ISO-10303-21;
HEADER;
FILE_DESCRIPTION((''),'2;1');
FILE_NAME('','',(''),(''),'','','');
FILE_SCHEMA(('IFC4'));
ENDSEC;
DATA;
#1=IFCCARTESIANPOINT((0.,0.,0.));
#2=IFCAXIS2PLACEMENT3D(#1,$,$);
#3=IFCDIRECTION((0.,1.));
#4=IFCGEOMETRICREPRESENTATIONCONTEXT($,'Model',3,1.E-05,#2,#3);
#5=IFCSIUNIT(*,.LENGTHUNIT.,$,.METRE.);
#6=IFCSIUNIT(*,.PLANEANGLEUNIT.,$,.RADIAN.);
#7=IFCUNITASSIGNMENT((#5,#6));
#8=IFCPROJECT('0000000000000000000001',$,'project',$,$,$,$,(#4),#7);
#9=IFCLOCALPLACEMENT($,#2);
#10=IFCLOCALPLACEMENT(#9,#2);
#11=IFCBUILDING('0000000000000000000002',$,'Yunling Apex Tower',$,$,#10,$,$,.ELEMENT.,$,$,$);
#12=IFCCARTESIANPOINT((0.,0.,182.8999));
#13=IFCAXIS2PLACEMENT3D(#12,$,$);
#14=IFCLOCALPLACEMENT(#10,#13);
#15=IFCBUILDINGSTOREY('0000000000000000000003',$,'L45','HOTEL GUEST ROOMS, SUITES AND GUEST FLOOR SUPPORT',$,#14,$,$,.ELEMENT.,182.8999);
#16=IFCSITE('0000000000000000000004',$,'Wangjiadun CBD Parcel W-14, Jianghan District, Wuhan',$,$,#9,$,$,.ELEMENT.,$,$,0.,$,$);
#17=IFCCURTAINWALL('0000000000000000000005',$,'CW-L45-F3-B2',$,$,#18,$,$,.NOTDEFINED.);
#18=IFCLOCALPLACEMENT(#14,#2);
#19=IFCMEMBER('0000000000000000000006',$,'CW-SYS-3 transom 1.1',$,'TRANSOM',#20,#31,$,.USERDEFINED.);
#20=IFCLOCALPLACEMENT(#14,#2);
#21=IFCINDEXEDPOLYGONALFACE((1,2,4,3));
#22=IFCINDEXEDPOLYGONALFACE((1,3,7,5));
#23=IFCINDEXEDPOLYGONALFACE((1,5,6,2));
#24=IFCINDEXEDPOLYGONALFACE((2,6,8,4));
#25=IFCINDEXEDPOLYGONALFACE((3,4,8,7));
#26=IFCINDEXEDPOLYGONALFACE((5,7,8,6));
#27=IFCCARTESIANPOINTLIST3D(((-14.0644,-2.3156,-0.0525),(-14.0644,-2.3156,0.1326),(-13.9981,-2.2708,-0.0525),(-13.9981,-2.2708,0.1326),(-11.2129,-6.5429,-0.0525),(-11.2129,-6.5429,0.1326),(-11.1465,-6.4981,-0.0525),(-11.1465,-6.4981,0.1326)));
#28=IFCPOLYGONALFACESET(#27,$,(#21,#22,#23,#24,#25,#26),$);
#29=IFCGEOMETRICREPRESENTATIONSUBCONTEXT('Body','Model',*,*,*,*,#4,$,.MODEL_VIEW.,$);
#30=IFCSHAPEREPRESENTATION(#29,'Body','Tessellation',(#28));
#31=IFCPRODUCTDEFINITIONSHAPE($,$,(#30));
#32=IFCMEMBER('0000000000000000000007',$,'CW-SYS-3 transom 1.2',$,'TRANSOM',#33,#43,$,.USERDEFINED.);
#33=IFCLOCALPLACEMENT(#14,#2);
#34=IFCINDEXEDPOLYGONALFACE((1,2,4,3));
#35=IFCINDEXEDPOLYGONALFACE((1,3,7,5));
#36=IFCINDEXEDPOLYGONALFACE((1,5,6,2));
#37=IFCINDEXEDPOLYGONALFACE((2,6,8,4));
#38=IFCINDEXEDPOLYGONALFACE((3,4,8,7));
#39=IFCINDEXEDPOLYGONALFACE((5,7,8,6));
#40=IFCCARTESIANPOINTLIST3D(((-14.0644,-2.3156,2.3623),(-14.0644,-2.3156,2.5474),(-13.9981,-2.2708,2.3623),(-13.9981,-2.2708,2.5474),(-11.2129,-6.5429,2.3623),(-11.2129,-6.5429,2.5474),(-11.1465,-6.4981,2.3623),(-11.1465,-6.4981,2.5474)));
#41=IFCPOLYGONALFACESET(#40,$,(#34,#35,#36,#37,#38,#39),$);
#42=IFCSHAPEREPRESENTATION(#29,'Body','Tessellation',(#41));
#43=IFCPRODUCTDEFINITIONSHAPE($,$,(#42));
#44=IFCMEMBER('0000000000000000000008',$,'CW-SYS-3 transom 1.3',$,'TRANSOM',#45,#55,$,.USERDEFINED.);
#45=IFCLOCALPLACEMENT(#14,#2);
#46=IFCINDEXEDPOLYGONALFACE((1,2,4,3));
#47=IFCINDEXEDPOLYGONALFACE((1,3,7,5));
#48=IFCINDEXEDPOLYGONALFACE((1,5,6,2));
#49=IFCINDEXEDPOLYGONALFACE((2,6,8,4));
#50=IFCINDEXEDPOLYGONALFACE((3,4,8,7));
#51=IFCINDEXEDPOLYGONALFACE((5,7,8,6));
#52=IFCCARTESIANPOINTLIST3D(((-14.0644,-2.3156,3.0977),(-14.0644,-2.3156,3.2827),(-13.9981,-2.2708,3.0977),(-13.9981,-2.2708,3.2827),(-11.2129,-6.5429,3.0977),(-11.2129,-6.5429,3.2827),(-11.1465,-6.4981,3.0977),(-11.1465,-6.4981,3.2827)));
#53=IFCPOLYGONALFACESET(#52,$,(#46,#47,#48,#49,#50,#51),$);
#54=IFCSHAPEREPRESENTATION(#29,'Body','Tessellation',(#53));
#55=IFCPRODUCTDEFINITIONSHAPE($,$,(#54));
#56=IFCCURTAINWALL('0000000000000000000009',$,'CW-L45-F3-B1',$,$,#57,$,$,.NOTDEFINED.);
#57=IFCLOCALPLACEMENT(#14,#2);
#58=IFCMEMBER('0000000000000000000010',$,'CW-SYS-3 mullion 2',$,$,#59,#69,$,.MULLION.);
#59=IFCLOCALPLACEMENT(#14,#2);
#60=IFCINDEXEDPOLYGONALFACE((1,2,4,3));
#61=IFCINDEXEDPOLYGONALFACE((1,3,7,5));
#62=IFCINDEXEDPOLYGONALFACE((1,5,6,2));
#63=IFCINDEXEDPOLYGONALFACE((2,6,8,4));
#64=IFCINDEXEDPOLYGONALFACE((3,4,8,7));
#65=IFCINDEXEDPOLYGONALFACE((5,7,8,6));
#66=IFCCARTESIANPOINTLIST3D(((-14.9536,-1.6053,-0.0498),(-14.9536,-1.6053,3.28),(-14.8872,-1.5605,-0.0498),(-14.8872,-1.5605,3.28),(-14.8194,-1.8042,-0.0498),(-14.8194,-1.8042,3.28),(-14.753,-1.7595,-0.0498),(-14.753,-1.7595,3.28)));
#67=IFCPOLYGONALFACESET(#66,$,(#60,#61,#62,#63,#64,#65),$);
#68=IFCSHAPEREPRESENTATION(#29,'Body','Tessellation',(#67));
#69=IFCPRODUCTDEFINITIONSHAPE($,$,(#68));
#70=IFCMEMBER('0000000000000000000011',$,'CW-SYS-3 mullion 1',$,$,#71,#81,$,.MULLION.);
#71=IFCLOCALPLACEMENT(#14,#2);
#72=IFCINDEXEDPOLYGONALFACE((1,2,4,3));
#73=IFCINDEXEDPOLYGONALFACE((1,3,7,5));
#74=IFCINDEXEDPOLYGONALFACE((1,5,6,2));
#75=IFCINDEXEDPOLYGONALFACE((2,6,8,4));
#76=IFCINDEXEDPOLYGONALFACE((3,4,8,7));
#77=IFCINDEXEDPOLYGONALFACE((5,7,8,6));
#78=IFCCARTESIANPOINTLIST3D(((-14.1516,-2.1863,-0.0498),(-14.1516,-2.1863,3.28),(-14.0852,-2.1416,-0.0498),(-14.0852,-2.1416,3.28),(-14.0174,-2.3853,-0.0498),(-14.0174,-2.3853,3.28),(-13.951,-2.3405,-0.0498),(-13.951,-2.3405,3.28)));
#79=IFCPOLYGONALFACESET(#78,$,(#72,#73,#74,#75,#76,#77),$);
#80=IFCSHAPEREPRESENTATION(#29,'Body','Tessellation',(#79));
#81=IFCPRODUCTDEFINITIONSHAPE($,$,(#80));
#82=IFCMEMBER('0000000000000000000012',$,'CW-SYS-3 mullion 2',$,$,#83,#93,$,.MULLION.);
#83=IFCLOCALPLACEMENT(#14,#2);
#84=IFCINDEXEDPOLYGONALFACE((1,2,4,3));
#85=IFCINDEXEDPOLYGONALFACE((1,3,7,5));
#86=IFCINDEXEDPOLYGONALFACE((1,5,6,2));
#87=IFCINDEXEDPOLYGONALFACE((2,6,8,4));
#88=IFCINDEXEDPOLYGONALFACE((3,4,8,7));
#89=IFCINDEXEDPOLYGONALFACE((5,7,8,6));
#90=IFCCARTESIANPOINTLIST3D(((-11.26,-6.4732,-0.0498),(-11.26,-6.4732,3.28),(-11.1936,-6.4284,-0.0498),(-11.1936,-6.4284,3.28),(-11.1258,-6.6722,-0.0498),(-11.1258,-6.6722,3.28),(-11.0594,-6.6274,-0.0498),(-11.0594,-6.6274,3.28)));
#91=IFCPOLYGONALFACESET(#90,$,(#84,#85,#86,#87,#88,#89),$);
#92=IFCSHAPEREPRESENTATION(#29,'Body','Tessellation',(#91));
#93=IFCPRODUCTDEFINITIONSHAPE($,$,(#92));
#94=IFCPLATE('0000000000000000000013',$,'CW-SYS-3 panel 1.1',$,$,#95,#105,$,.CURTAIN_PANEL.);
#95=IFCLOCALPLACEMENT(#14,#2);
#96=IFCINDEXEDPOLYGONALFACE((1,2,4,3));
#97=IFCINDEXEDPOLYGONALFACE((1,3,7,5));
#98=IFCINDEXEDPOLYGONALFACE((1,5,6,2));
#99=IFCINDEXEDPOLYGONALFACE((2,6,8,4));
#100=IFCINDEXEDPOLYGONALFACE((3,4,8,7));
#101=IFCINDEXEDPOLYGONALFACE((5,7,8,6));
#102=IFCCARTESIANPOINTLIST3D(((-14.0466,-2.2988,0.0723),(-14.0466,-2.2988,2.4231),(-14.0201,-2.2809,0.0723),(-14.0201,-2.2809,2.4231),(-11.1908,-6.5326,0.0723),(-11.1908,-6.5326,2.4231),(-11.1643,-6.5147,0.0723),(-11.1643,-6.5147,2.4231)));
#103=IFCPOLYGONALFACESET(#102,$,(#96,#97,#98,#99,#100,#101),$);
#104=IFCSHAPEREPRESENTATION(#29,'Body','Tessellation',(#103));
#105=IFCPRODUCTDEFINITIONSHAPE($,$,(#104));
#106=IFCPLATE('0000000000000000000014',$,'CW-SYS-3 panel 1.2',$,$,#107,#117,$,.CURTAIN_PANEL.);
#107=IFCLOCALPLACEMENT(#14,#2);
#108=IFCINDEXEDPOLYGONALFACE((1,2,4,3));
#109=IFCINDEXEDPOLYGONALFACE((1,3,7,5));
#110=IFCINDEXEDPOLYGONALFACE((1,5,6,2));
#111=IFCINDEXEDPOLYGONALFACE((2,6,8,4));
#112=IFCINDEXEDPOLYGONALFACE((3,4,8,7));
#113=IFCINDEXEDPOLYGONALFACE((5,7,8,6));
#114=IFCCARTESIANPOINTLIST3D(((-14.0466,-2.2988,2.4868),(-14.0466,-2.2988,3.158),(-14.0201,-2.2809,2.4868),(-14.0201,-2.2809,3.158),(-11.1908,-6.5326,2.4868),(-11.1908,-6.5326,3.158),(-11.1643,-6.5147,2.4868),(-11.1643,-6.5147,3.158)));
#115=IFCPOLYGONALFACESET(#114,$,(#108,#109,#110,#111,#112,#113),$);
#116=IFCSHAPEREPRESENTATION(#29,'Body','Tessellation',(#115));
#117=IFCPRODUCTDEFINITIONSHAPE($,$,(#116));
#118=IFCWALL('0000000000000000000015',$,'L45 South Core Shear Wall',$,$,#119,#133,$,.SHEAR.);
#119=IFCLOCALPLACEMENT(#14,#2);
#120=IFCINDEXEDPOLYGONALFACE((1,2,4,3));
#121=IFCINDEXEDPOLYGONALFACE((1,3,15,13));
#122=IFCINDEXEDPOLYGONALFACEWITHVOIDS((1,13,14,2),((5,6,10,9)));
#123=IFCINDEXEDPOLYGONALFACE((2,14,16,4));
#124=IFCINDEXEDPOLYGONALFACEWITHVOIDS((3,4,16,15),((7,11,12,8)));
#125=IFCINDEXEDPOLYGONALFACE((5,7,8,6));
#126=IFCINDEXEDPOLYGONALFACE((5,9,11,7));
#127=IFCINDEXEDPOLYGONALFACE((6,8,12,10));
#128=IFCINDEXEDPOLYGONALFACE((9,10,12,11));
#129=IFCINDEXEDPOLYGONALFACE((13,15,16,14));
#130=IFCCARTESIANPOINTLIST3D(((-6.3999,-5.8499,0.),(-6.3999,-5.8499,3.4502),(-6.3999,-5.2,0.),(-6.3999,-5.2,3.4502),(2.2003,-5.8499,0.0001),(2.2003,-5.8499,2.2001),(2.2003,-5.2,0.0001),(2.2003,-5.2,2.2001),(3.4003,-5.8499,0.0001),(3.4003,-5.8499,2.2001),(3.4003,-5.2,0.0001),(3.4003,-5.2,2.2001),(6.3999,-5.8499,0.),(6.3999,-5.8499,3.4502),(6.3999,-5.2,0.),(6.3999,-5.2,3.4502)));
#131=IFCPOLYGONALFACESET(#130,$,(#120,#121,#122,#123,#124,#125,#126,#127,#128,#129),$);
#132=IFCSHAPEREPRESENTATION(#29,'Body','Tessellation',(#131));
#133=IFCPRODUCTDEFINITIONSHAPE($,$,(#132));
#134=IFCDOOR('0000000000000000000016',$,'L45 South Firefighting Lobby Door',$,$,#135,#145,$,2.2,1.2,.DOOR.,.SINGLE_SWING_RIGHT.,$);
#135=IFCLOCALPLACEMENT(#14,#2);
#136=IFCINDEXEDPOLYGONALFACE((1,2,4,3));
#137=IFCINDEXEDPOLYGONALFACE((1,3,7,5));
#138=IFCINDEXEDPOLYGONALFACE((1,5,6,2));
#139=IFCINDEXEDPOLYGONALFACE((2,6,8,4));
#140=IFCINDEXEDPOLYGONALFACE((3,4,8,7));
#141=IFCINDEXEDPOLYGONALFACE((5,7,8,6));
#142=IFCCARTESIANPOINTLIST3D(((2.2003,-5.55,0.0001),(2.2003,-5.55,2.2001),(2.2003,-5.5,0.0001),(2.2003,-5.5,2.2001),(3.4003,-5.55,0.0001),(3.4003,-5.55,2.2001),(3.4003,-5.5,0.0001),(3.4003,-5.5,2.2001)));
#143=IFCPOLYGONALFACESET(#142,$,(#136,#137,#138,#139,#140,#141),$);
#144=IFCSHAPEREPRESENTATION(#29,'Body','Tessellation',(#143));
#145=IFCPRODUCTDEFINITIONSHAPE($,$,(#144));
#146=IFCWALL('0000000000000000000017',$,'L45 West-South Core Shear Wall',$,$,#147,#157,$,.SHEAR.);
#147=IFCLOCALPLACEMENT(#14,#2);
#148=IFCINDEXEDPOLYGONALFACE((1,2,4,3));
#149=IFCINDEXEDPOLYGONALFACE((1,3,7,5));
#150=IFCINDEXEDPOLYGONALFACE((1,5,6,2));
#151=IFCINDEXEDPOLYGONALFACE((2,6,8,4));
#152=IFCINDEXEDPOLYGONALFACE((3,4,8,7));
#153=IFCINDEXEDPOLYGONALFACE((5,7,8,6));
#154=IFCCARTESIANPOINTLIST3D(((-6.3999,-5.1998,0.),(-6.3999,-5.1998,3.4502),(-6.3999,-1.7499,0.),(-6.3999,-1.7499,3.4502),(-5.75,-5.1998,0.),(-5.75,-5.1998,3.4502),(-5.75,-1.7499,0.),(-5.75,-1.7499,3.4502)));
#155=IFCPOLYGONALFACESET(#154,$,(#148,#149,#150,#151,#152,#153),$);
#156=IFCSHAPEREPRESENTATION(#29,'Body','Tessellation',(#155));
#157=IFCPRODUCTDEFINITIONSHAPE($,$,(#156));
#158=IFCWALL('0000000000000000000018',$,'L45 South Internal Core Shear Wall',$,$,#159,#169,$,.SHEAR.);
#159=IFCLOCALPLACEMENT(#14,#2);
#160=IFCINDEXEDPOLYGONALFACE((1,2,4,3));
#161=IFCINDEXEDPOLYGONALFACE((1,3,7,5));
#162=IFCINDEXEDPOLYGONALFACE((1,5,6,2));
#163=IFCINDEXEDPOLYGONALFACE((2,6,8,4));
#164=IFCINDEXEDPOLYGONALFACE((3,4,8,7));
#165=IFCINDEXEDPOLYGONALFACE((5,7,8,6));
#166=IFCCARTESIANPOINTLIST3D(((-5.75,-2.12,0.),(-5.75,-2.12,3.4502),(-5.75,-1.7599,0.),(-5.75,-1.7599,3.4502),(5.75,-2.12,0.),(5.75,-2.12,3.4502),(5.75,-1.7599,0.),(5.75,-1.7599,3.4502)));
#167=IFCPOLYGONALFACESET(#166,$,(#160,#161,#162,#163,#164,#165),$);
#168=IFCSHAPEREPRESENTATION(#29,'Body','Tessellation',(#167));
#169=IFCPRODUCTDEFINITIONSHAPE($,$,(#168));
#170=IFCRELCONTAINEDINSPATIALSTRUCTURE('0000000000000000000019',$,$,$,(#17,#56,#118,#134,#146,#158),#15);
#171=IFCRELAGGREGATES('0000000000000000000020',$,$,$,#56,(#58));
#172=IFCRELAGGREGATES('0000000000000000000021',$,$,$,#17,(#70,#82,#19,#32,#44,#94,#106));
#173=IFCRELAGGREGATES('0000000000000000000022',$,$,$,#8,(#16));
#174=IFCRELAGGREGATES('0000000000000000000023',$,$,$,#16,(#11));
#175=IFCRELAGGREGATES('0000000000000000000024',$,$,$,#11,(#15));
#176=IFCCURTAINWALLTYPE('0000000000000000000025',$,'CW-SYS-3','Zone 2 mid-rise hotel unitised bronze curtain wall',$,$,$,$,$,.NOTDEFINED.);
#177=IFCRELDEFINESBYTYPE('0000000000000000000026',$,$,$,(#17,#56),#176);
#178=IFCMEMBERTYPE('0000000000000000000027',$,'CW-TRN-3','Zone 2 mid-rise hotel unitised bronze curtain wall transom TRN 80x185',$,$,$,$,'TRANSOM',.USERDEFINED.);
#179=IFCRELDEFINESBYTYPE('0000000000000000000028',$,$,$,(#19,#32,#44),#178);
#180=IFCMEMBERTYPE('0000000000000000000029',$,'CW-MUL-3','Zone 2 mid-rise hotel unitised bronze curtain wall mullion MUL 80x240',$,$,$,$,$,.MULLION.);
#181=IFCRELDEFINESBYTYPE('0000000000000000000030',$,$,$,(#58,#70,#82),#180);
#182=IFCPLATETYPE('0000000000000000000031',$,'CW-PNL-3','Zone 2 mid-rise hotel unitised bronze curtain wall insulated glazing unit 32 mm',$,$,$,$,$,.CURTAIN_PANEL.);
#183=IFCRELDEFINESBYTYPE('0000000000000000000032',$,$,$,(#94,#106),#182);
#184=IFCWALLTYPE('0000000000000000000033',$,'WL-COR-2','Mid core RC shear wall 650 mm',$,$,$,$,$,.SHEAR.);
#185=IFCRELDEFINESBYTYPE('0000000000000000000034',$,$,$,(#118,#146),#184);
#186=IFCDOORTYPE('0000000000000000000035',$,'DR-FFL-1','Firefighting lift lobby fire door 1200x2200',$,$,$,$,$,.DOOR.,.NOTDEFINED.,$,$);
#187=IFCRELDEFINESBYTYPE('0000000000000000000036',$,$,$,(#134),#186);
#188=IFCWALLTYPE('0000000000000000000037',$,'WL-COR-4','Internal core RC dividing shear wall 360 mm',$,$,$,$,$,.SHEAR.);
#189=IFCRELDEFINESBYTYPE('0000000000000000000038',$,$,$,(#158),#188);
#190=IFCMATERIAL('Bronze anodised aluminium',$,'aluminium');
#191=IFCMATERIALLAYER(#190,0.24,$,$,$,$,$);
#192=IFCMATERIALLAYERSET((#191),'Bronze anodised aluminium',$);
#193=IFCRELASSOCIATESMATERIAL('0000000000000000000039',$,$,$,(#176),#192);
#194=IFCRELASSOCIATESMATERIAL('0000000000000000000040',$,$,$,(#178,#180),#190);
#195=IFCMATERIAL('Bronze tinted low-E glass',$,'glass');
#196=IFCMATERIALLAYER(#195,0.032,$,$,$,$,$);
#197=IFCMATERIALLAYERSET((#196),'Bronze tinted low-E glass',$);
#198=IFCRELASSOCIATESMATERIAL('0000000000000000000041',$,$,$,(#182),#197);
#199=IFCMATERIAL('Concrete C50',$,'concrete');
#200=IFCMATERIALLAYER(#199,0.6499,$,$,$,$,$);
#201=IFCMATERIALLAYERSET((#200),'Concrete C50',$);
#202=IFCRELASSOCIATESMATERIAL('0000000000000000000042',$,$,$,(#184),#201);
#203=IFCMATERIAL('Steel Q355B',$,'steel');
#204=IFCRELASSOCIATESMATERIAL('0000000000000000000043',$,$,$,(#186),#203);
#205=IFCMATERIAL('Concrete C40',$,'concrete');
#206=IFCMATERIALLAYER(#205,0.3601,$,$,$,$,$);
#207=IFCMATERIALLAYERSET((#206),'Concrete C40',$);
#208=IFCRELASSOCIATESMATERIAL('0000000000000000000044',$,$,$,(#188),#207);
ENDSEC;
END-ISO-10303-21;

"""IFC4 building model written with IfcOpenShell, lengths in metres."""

from ifc_helpers import new_model, si_unit, direction, frame, frame_2d, origin, origin_2d, place, context, subcontext, project, spatial, rectangle, extrude, source, transform, mapped, material, layer, layer_set, material_profile, profile_set, type_object, element, fill, aggregate, save


model = new_model("IFC4")

# Units and contexts
model_context = context("Model", 3, precision=1e-05, world=origin(), true_north=direction((0.0, 1.0)))
body_context = subcontext(model_context, "Body", "Model", "MODEL_VIEW")
ifc_project = project(units=[si_unit("LENGTHUNIT", "METRE"), si_unit("PLANEANGLEUNIT", "RADIAN")], contexts=[model_context])

# Site, building, storey
site_placement = place(None, origin())
site = spatial("IfcSite", under=ifc_project, at=site_placement, Name="Wangjiadun CBD Parcel W-14, Jianghan District, Wuhan", CompositionType="ELEMENT", RefElevation=0.0)
building_placement = place(site_placement, origin())
building = spatial("IfcBuilding", under=site, at=building_placement, Name="Yunling Apex Tower", CompositionType="ELEMENT")
storey_placement = place(building_placement, frame((0.0, 0.0, 182.8999)))
storey = spatial("IfcBuildingStorey", under=building, at=storey_placement, Name="L45", Description="HOTEL GUEST ROOMS, SUITES AND GUEST FLOOR SUPPORT", CompositionType="ELEMENT", Elevation=182.8999)

# Shared definitions
ifc_material_1 = material(Name="Concrete C50", Category="concrete")

# Shared definitions
ifc_material_2 = material(Name="Steel Q355B", Category="steel")

# Curtain wall, members
ifc_material_3 = material(Name="Bronze anodised aluminium", Category="aluminium")
ifc_layer_1 = layer(ifc_material_3, 0.24)
ifc_layer_set_1 = layer_set([ifc_layer_1], Name="Bronze anodised aluminium")
curtain_wall_type = type_object("IfcCurtainWallType", Name="CW-SYS-3", Description="Zone 2 mid-rise hotel unitised bronze curtain wall", PredefinedType="NOTDEFINED", material=ifc_layer_set_1)
curtain_wall_1_placement = place(storey_placement, origin())
curtain_wall_1 = element("IfcCurtainWall", 1, at=curtain_wall_1_placement, inside=storey, type_object=curtain_wall_type, Name="CW-L45-F3-B2", PredefinedType="NOTDEFINED")
ifc_material_profile_1 = material_profile(ifc_material_3, rectangle(XDim=0.0801, YDim=0.1851, at=origin_2d()))
ifc_profile_set_1 = profile_set([ifc_material_profile_1], Name="Bronze anodised aluminium")
member_type_1 = type_object("IfcMemberType", Name="CW-TRN-3", Description="Zone 2 mid-rise hotel unitised bronze curtain wall transom TRN 80x185", ElementType="TRANSOM", PredefinedType="USERDEFINED", material=ifc_profile_set_1)
shared_shape_1 = source(origin(), body_context, "Body", "SweptSolid", [
    extrude(rectangle(XDim=0.0801, YDim=0.1851, at=origin_2d()), origin(), (0.0, 0.0, 1.0), 5.0991),
])
member_1_placement = place(storey_placement, frame((-14.0312, -2.2932, 0.04), z_axis=(0.559222, -0.829018, 0.0), x_axis=(0.829018, 0.559222, 0.0)))
member_1 = element("IfcMember", 2, at=member_1_placement, type_object=member_type_1, Name="CW-SYS-3 transom 1.1", ObjectType="TRANSOM", PredefinedType="USERDEFINED", context=body_context, shape_type="MappedRepresentation", body=[
    mapped(shared_shape_1, transform((0.0, 0.0, 0.0), scale=1.0)),
])
member_2_placement = place(storey_placement, frame((-14.0312, -2.2932, 2.4548), z_axis=(0.559222, -0.829018, 0.0), x_axis=(0.829018, 0.559222, 0.0)))
member_2 = element("IfcMember", 3, at=member_2_placement, type_object=member_type_1, Name="CW-SYS-3 transom 1.2", ObjectType="TRANSOM", PredefinedType="USERDEFINED", context=body_context, shape_type="MappedRepresentation", body=[
    mapped(shared_shape_1, transform((0.0, 0.0, 0.0), scale=1.0)),
])
member_3_placement = place(storey_placement, frame((-14.0312, -2.2932, 3.1902), z_axis=(0.559222, -0.829018, 0.0), x_axis=(0.829018, 0.559222, 0.0)))
member_3 = element("IfcMember", 4, at=member_3_placement, type_object=member_type_1, Name="CW-SYS-3 transom 1.3", ObjectType="TRANSOM", PredefinedType="USERDEFINED", context=body_context, shape_type="MappedRepresentation", body=[
    mapped(shared_shape_1, transform((0.0, 0.0, 0.0), scale=1.0)),
])

# Curtain wall, member
curtain_wall_2_placement = place(storey_placement, origin())
curtain_wall_2 = element("IfcCurtainWall", 5, at=curtain_wall_2_placement, inside=storey, type_object=curtain_wall_type, Name="CW-L45-F3-B1", PredefinedType="NOTDEFINED")
ifc_material_profile_2 = material_profile(ifc_material_3, rectangle(XDim=0.0801, YDim=0.24, at=origin_2d()))
ifc_profile_set_2 = profile_set([ifc_material_profile_2], Name="Bronze anodised aluminium")
member_type_2 = type_object("IfcMemberType", Name="CW-MUL-3", Description="Zone 2 mid-rise hotel unitised bronze curtain wall mullion MUL 80x240", PredefinedType="MULLION", material=ifc_profile_set_2)
shared_shape_2 = source(origin(), body_context, "Body", "SweptSolid", [
    extrude(rectangle(XDim=0.0801, YDim=0.24, at=origin_2d()), origin(), (0.0, 0.0, 1.0), 3.3298),
])
member_4_placement = place(storey_placement, frame((-14.8533, -1.6824, -0.0498), z_axis=(0.0, 0.0, 1.0), x_axis=(0.829045, 0.559181, 0.0)))
member_4 = element("IfcMember", 6, at=member_4_placement, type_object=member_type_2, Name="CW-SYS-3 mullion 2", PredefinedType="MULLION", context=body_context, shape_type="MappedRepresentation", body=[
    mapped(shared_shape_2, transform((0.0, 0.0, 0.0), scale=1.0)),
])
aggregate(curtain_wall_2, [member_4])

# Members
member_5_placement = place(storey_placement, frame((-14.0513, -2.2634, -0.0498), z_axis=(0.0, 0.0, 1.0), x_axis=(0.829026, 0.55921, 0.0)))
member_5 = element("IfcMember", 7, at=member_5_placement, type_object=member_type_2, Name="CW-SYS-3 mullion 1", PredefinedType="MULLION", context=body_context, shape_type="MappedRepresentation", body=[
    mapped(shared_shape_2, transform((0.0, 0.0, 0.0), scale=1.0)),
])
member_6_placement = place(storey_placement, frame((-11.1597, -6.5503, -0.0498), z_axis=(0.0, 0.0, 1.0), x_axis=(0.829026, 0.55921, 0.0)))
member_6 = element("IfcMember", 8, at=member_6_placement, type_object=member_type_2, Name="CW-SYS-3 mullion 2", PredefinedType="MULLION", context=body_context, shape_type="MappedRepresentation", body=[
    mapped(shared_shape_2, transform((0.0, 0.0, 0.0), scale=1.0)),
])

# Plates
ifc_material_4 = material(Name="Bronze tinted low-E glass", Category="glass")
ifc_layer_2 = layer(ifc_material_4, 0.032)
ifc_layer_set_2 = layer_set([ifc_layer_2], Name="Bronze tinted low-E glass")
plate_type = type_object("IfcPlateType", Name="CW-PNL-3", Description="Zone 2 mid-rise hotel unitised bronze curtain wall insulated glazing unit 32 mm", PredefinedType="CURTAIN_PANEL", material=ifc_layer_set_2)
shared_shape_3 = source(origin(), body_context, "Body", "SweptSolid", [
    extrude(rectangle(XDim=5.1069, YDim=0.032, at=origin_2d()), origin(), (0.0, 0.0, 1.0), 2.3508),
])
plate_1_placement = place(storey_placement, frame((-12.6055, -4.4067, 0.0723), z_axis=(0.0, 0.0, 1.0), x_axis=(0.55921, -0.829026, 0.0)))
plate_1 = element("IfcPlate", 9, at=plate_1_placement, type_object=plate_type, Name="CW-SYS-3 panel 1.1", PredefinedType="CURTAIN_PANEL", context=body_context, shape_type="MappedRepresentation", body=[
    mapped(shared_shape_3, transform((0.0, 0.0, 0.0), scale=1.0)),
])
shared_shape_4 = source(origin(), body_context, "Body", "SweptSolid", [
    extrude(rectangle(XDim=5.1069, YDim=0.032, at=origin_2d()), origin(), (0.0, 0.0, 1.0), 0.6711),
])
plate_2_placement = place(storey_placement, frame((-12.6055, -4.4067, 2.4868), z_axis=(0.0, 0.0, 1.0), x_axis=(0.55921, -0.829026, 0.0)))
plate_2 = element("IfcPlate", 10, at=plate_2_placement, type_object=plate_type, Name="CW-SYS-3 panel 1.2", PredefinedType="CURTAIN_PANEL", context=body_context, shape_type="MappedRepresentation", body=[
    mapped(shared_shape_4, transform((0.0, 0.0, 0.0), scale=1.0)),
])
aggregate(curtain_wall_1, [member_5, member_6, member_1, member_2, member_3, plate_1, plate_2])

# Wall, opening, door
ifc_layer_3 = layer(ifc_material_1, 0.6499)
ifc_layer_set_3 = layer_set([ifc_layer_3], Name="Concrete C50")
wall_type_1 = type_object("IfcWallType", Name="WL-COR-2", Description="Mid core RC shear wall 650 mm", PredefinedType="SHEAR", material=ifc_layer_set_3)
wall_1_placement = place(storey_placement, frame((-6.3999, -5.5249, 0.0), z_axis=(0.0, 0.0, 1.0), x_axis=(1.0, 0.0, 0.0)))
wall_1 = element("IfcWall", 11, at=wall_1_placement, inside=storey, type_object=wall_type_1, Name="L45 South Core Shear Wall", PredefinedType="SHEAR", context=body_context, shape_type="SweptSolid", body=[
    extrude(rectangle(XDim=12.7998, YDim=0.6499, at=frame_2d((6.3999, 0.0))), origin(), (0.0, 0.0, 1.0), 3.4502),
])
opening_1_placement = place(wall_1_placement, frame((8.6001, 0.0, 0.0)))
opening_1 = element("IfcOpeningElement", 12, at=opening_1_placement, cuts=wall_1, PredefinedType="OPENING", context=body_context, shape_type="SweptSolid", body=[
    extrude(rectangle(XDim=1.2, YDim=2.2, at=frame_2d((0.6001, 1.1001))), frame((0.0, 0.335, 0.0), z_axis=(0.0, -1.0, 0.0), x_axis=(1.0, 0.0, 0.0)), (0.0, 0.0, 1.0), 0.6699),
])
door_type = type_object("IfcDoorType", Name="DR-FFL-1", Description="Firefighting lift lobby fire door 1200x2200", OperationType="NOTDEFINED", PredefinedType="DOOR", material=ifc_material_2)
door_1_placement = place(opening_1_placement, origin())
door_1 = element("IfcDoor", 13, at=door_1_placement, inside=storey, type_object=door_type, Name="L45 South Firefighting Lobby Door", OperationType="SINGLE_SWING_RIGHT", OverallHeight=2.2, OverallWidth=1.2, PredefinedType="DOOR", context=body_context, shape_type="SweptSolid", body=[
    extrude(rectangle(XDim=1.2, YDim=2.2, at=frame_2d((0.6001, 1.1001))), frame((0.0, 0.0249, 0.0), z_axis=(0.0, -1.0, 0.0), x_axis=(1.0, 0.0, 0.0)), (0.0, 0.0, 1.0), 0.05),
])
fill(opening_1, door_1)

# Walls
wall_2_placement = place(storey_placement, frame((-6.075, -5.2, 0.0), z_axis=(0.0, 0.0, 1.0), x_axis=(0.0, 1.0, 0.0)))
element("IfcWall", 14, at=wall_2_placement, inside=storey, type_object=wall_type_1, Name="L45 West-South Core Shear Wall", PredefinedType="SHEAR", context=body_context, shape_type="SweptSolid", body=[
    extrude(rectangle(XDim=3.45, YDim=0.6499, at=frame_2d((1.7251, 0.0))), origin(), (0.0, 0.0, 1.0), 3.4502),
])
ifc_material_5 = material(Name="Concrete C40", Category="concrete")
ifc_layer_4 = layer(ifc_material_5, 0.3601)
ifc_layer_set_4 = layer_set([ifc_layer_4], Name="Concrete C40")
wall_type_2 = type_object("IfcWallType", Name="WL-COR-4", Description="Internal core RC dividing shear wall 360 mm", PredefinedType="SHEAR", material=ifc_layer_set_4)
wall_3_placement = place(storey_placement, frame((-5.75, -1.9399, 0.0), z_axis=(0.0, 0.0, 1.0), x_axis=(1.0, 0.0, 0.0)))
element("IfcWall", 15, at=wall_3_placement, inside=storey, type_object=wall_type_2, Name="L45 South Internal Core Shear Wall", PredefinedType="SHEAR", context=body_context, shape_type="SweptSolid", body=[
    extrude(rectangle(XDim=11.5, YDim=0.3601, at=frame_2d((5.75, 0.0))), origin(), (0.0, 0.0, 1.0), 3.4502),
])

save(model, "model.ifc")
